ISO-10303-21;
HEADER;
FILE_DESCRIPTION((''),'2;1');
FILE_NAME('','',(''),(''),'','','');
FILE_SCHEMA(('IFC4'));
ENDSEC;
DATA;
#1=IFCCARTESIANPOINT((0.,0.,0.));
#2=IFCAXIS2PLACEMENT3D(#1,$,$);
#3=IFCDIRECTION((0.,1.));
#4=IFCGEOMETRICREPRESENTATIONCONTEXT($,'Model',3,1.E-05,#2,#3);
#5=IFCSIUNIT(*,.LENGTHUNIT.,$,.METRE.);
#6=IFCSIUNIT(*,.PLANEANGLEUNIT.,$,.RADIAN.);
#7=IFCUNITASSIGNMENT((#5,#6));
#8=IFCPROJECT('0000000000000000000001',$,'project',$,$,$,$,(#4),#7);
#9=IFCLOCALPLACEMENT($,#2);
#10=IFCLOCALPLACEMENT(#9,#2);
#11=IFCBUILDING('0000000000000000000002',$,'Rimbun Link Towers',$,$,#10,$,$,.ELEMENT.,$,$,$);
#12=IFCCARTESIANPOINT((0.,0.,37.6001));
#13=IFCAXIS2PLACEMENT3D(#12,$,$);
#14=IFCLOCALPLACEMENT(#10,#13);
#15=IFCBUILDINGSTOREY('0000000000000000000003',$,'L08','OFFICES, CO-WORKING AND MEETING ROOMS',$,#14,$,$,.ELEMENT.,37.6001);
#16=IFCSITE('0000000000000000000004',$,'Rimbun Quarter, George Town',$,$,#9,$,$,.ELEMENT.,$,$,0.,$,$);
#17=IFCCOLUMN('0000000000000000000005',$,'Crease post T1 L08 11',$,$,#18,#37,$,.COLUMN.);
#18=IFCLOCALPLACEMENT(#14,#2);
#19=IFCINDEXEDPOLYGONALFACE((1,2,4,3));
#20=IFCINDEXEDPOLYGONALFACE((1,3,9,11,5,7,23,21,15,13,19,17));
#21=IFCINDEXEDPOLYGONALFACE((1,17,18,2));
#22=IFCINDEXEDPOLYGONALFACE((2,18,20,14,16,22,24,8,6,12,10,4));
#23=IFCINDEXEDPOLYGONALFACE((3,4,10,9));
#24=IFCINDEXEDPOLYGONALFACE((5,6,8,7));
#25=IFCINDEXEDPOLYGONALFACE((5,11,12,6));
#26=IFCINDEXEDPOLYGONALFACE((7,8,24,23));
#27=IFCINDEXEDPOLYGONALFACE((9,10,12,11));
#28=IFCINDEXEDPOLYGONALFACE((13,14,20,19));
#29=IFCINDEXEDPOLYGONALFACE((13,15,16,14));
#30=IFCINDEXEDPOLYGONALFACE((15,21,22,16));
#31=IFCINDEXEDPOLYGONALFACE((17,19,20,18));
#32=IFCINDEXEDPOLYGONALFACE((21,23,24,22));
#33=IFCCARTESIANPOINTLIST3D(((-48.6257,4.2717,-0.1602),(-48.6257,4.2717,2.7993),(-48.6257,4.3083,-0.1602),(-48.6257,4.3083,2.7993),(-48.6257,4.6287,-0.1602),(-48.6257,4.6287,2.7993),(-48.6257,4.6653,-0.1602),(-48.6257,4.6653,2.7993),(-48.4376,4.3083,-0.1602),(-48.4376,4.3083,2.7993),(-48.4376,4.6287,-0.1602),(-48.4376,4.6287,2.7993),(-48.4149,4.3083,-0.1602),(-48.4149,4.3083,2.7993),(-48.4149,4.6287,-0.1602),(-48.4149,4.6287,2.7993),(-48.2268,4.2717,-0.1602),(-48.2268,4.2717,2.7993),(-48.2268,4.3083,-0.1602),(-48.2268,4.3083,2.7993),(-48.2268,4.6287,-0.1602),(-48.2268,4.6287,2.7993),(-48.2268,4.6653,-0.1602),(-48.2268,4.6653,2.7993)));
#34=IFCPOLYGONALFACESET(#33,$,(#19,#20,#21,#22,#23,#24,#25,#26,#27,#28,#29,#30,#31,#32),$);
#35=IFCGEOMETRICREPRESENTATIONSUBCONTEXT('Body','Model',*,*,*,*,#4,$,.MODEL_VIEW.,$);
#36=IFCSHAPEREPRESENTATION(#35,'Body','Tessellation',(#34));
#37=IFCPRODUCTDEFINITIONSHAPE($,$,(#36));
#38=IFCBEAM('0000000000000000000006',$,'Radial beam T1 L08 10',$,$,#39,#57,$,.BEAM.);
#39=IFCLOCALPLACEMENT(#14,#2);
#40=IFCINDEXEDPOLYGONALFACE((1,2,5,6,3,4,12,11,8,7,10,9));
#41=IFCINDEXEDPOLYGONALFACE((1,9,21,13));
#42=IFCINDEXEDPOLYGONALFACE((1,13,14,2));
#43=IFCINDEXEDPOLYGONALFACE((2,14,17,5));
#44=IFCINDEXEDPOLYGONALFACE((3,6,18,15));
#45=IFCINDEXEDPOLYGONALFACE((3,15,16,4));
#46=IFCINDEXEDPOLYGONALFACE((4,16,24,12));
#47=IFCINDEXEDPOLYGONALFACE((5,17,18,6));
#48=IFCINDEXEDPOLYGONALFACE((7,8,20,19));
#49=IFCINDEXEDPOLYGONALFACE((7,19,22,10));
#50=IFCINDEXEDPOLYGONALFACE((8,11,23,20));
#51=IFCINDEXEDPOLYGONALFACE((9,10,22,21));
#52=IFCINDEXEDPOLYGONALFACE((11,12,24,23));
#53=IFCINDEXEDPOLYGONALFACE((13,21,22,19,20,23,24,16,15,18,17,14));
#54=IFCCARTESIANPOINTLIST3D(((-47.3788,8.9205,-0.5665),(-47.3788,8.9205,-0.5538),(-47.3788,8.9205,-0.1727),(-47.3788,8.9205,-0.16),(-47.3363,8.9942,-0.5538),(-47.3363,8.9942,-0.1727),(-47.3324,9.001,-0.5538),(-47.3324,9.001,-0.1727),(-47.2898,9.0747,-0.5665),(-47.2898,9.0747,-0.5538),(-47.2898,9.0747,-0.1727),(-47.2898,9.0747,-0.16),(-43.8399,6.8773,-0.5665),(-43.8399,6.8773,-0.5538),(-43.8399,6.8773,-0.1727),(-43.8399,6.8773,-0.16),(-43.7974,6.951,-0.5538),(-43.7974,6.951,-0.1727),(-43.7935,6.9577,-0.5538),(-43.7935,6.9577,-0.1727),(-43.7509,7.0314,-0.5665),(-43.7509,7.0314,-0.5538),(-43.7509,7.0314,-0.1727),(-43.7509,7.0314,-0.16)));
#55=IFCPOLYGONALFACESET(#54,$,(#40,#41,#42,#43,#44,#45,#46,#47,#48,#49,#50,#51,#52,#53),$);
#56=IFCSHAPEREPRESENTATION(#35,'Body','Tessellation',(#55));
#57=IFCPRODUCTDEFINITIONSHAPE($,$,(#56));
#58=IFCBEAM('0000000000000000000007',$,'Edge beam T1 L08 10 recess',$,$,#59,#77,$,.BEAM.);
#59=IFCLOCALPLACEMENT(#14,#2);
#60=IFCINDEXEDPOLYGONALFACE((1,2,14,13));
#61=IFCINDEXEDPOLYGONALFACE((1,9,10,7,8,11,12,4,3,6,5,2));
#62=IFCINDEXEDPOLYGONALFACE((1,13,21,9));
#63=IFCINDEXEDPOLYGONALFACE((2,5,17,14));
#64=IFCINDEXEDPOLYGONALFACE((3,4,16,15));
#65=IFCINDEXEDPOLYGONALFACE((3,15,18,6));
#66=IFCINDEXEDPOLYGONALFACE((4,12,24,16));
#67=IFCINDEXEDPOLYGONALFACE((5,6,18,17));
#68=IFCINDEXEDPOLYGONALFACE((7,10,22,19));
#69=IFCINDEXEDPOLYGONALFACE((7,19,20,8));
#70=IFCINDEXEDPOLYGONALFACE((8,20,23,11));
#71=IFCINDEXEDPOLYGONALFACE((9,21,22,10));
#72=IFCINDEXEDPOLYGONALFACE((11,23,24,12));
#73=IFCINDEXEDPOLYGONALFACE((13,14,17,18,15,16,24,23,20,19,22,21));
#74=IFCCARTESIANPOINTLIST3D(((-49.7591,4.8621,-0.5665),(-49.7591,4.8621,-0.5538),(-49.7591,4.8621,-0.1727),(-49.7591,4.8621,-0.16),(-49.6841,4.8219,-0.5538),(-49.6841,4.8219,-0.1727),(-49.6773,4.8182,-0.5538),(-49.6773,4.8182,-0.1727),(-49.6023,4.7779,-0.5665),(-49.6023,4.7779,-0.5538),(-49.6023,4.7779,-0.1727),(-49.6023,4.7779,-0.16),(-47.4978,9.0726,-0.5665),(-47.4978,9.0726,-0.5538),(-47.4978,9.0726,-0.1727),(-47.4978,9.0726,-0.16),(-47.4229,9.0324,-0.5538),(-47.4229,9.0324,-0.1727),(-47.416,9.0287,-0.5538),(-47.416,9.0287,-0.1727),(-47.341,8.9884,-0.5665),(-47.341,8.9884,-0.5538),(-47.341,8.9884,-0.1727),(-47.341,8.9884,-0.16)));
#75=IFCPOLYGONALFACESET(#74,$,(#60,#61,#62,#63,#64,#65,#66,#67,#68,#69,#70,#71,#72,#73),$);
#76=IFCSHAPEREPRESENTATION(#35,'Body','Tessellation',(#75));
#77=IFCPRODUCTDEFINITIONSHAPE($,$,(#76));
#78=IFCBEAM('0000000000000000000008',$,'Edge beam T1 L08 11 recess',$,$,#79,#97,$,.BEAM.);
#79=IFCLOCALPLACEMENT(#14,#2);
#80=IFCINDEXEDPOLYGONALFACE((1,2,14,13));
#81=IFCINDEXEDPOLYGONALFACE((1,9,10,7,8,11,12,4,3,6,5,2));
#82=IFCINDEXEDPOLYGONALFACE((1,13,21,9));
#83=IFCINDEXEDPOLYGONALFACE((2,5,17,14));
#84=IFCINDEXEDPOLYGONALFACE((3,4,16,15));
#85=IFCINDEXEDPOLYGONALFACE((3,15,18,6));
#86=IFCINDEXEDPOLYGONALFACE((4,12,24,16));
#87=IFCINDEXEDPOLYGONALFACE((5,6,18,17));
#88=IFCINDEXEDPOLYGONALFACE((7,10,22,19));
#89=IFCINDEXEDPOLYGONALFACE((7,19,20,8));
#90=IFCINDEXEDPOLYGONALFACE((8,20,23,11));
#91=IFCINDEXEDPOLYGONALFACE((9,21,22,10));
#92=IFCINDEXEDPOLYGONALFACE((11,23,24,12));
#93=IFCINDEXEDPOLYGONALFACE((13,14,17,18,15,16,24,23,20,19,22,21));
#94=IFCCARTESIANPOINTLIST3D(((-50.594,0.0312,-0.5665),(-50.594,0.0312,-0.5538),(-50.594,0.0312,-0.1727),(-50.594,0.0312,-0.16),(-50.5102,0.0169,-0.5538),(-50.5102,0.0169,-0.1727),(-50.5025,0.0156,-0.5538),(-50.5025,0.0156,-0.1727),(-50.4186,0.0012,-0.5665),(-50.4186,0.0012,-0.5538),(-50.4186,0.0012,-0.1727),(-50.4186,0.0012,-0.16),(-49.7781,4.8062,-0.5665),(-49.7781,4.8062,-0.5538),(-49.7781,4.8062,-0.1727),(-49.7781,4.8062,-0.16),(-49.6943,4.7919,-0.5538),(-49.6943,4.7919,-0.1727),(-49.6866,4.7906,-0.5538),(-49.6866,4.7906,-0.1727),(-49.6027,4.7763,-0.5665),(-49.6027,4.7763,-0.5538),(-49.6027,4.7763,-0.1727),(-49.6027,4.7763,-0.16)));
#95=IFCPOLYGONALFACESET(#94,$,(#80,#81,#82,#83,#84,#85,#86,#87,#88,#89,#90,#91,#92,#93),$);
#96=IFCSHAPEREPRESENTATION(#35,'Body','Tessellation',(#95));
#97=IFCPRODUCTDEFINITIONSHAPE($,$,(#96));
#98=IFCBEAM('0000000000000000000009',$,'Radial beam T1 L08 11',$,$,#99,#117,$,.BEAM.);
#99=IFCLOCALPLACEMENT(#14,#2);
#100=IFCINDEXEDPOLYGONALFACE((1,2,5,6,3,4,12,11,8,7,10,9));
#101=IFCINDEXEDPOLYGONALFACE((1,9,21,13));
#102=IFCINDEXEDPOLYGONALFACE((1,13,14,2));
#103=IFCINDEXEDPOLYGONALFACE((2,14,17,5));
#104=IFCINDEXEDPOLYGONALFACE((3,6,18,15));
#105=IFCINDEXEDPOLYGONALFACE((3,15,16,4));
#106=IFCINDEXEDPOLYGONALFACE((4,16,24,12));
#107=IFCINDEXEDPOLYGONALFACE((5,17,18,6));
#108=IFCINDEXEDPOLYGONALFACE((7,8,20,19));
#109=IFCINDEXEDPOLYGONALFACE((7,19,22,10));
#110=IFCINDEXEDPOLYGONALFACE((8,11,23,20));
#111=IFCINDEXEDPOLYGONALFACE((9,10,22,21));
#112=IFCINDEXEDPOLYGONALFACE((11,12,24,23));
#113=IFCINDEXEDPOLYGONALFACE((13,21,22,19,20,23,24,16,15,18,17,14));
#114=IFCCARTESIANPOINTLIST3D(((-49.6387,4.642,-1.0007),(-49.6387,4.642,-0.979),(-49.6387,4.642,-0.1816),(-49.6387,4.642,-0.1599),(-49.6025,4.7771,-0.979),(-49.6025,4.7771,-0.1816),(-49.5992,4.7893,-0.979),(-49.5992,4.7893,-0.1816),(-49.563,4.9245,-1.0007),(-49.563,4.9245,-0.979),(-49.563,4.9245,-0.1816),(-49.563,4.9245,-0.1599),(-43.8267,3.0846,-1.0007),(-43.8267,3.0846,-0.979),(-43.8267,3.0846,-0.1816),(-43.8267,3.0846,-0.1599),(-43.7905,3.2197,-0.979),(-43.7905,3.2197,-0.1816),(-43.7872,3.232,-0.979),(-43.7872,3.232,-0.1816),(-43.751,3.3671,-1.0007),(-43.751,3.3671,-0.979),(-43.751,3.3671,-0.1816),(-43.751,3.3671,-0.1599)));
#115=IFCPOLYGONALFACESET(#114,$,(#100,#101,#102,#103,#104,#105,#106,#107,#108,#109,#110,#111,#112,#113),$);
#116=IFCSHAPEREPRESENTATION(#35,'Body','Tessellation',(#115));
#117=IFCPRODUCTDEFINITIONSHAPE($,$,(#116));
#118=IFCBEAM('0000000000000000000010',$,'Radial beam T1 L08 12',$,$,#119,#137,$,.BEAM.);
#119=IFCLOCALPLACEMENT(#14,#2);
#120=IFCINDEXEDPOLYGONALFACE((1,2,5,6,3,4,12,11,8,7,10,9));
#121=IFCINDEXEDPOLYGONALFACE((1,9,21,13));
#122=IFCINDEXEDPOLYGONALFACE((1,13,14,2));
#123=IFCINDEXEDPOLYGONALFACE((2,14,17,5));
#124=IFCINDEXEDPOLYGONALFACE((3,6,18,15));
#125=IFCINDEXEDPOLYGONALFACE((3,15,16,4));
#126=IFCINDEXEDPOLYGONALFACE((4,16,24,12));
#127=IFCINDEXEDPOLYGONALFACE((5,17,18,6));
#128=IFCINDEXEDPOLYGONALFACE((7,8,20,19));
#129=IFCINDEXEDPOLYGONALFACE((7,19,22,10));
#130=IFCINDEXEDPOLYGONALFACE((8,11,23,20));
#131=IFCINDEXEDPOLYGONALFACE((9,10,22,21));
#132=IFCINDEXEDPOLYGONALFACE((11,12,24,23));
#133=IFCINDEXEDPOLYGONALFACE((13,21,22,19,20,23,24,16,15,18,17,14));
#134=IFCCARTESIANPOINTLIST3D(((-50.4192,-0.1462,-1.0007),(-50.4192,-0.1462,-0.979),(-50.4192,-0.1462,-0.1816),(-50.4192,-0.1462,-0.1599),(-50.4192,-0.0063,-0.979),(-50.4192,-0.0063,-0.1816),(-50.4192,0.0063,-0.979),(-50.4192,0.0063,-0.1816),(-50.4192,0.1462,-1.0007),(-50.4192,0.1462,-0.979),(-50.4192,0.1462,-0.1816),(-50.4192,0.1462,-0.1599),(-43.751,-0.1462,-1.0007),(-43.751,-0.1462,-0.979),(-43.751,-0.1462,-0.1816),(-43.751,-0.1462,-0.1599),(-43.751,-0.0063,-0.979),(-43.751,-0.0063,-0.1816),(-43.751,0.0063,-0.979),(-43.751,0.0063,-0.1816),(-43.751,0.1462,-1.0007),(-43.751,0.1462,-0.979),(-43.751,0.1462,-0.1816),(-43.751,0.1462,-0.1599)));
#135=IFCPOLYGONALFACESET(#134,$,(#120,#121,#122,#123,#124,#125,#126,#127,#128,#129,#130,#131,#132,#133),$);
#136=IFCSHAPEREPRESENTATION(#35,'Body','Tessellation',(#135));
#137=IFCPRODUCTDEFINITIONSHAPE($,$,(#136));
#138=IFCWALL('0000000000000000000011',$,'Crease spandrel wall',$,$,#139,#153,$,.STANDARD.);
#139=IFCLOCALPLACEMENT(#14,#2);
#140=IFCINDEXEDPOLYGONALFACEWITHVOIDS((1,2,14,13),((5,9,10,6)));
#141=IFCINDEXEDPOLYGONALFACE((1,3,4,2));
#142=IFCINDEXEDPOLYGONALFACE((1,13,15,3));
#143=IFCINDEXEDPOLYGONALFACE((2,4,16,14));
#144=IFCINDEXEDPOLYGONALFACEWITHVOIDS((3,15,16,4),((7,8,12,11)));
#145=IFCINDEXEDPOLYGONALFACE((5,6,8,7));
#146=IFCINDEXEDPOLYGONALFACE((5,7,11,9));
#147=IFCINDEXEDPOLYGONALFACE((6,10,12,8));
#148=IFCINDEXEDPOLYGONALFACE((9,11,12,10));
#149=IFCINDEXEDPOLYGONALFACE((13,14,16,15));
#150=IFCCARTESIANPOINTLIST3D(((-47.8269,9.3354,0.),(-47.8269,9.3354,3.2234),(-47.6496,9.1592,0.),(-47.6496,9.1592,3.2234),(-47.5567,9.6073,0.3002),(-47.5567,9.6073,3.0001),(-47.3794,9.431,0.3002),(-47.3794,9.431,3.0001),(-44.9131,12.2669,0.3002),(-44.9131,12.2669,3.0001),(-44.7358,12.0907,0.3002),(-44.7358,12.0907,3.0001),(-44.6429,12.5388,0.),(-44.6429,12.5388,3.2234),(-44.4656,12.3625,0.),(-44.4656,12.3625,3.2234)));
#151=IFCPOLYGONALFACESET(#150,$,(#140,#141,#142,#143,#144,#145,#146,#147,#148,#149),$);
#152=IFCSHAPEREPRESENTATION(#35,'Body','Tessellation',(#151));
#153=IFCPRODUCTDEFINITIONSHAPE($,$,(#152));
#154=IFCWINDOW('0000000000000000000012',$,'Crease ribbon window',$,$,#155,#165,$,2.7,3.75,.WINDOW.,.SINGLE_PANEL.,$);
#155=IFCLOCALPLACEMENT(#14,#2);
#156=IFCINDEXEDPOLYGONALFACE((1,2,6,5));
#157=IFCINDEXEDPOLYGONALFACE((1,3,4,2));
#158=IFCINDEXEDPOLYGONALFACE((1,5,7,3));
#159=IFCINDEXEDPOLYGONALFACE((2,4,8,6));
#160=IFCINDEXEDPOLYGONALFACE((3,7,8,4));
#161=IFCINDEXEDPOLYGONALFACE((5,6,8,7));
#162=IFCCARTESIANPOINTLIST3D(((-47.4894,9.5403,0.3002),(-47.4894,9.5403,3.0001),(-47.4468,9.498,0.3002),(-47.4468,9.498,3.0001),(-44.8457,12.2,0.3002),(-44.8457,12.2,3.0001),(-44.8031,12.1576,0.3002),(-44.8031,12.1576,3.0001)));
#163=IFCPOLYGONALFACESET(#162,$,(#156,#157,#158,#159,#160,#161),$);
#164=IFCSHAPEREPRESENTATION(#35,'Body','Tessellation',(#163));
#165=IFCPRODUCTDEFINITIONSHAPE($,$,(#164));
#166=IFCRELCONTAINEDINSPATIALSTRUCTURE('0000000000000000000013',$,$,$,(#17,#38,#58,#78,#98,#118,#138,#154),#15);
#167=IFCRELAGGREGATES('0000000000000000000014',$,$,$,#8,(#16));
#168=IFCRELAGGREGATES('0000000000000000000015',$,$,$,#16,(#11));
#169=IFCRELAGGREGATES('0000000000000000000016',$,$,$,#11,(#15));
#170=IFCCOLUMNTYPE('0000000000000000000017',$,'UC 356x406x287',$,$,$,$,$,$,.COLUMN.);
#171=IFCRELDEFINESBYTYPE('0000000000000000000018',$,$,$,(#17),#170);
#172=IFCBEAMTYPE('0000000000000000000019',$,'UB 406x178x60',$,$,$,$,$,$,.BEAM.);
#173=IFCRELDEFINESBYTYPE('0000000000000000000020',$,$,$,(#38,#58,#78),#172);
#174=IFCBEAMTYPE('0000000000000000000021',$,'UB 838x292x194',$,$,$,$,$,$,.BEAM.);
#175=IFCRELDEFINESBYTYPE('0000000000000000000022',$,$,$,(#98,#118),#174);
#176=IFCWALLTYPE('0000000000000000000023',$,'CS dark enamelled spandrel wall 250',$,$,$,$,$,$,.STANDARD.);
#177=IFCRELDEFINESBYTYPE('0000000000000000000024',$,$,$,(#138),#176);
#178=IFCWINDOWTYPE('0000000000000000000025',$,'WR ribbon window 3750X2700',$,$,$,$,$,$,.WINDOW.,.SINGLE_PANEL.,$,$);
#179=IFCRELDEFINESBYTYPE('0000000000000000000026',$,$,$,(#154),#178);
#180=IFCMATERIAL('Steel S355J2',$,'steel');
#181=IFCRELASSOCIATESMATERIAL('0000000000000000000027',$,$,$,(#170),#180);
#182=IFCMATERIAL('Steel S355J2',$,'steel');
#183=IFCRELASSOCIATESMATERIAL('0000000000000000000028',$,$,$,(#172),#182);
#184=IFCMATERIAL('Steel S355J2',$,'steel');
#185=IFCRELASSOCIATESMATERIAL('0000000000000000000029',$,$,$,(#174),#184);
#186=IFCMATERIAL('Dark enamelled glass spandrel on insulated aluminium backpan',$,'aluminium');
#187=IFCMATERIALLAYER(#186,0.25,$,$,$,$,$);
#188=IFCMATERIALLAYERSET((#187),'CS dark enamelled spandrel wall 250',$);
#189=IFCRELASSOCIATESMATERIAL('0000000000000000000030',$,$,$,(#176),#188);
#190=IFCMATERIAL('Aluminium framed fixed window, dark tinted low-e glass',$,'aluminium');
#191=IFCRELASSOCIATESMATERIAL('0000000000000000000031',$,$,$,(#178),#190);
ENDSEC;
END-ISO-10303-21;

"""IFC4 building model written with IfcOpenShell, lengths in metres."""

from ifc_helpers import new_model, si_unit, direction, frame, frame_2d, origin, origin_2d, place, context, subcontext, project, spatial, rectangle, i_section, extrude, material, layer, layer_set, material_profile, profile_set, type_object, element, fill, save


model = new_model("IFC4")

# Units and contexts
model_context = context("Model", 3, precision=1e-05, world=origin(), true_north=direction((0.0, 1.0)))
body_context = subcontext(model_context, "Body", "Model", "MODEL_VIEW")
ifc_project = project(units=[si_unit("LENGTHUNIT", "METRE"), si_unit("PLANEANGLEUNIT", "RADIAN")], contexts=[model_context])

# Site, building, storey
site_placement = place(None, origin())
site = spatial("IfcSite", under=ifc_project, at=site_placement, Name="Rimbun Quarter, George Town", CompositionType="ELEMENT", RefElevation=0.0)
building_placement = place(site_placement, origin())
building = spatial("IfcBuilding", under=site, at=building_placement, Name="Rimbun Link Towers", CompositionType="ELEMENT")
storey_placement = place(building_placement, frame((0.0, 0.0, 37.6001)))
storey = spatial("IfcBuildingStorey", under=building, at=storey_placement, Name="L08", Description="OFFICES, CO-WORKING AND MEETING ROOMS", CompositionType="ELEMENT", Elevation=37.6001)

# Column
ifc_material_1 = material(Name="Steel S355J2", Category="steel")
ifc_material_profile_1 = material_profile(ifc_material_1, i_section(OverallWidth=0.3989, OverallDepth=0.3936, WebThickness=0.0227, FlangeThickness=0.0366, at=origin_2d()), Name="UC 356x406x287")
ifc_profile_set_1 = profile_set([ifc_material_profile_1], Name="Steel S355J2")
column_type = type_object("IfcColumnType", Name="UC 356x406x287", PredefinedType="COLUMN", material=ifc_profile_set_1)
column_placement = place(storey_placement, frame((-48.4263, 4.4685, -0.1602), z_axis=(0.0, 0.0, 1.0), x_axis=(1.0, 0.0, 0.0)))
element("IfcColumn", 1, at=column_placement, inside=storey, type_object=column_type, Name="Crease post T1 L08 11", PredefinedType="COLUMN", context=body_context, shape_type="SweptSolid", body=[
    extrude(i_section(OverallWidth=0.3989, OverallDepth=0.3936, WebThickness=0.0227, FlangeThickness=0.0366, at=origin_2d()), origin(), (0.0, 0.0, 1.0), 2.9595),
])

# Beams
ifc_material_2 = material(Name="Steel S355J2", Category="steel")
ifc_material_profile_2 = material_profile(ifc_material_2, i_section(OverallWidth=0.178, OverallDepth=0.4065, WebThickness=0.0078, FlangeThickness=0.0127, at=origin_2d()), Name="UB 406x178x60")
ifc_profile_set_2 = profile_set([ifc_material_profile_2], Name="Steel S355J2")
beam_type_1 = type_object("IfcBeamType", Name="UB 406x178x60", PredefinedType="BEAM", material=ifc_profile_set_2)
beam_1_placement = place(storey_placement, frame((-43.7954, 6.9543, -0.3633), z_axis=(-0.866017, 0.500014, 0.0), x_axis=(-0.500014, -0.866017, 0.0)))
element("IfcBeam", 2, at=beam_1_placement, inside=storey, type_object=beam_type_1, Name="Radial beam T1 L08 10", PredefinedType="BEAM", context=body_context, shape_type="SweptSolid", body=[
    extrude(i_section(OverallWidth=0.178, OverallDepth=0.4065, WebThickness=0.0078, FlangeThickness=0.0127, at=origin_2d()), origin(), (0.0, 0.0, 1.0), 4.0864),
])
beam_2_placement = place(storey_placement, frame((-47.4194, 9.0305, -0.3633), z_axis=(-0.473137, -0.880989, 0.0), x_axis=(0.880989, -0.473137, 0.0)))
element("IfcBeam", 3, at=beam_2_placement, inside=storey, type_object=beam_type_1, Name="Edge beam T1 L08 10 recess", PredefinedType="BEAM", context=body_context, shape_type="SweptSolid", body=[
    extrude(i_section(OverallWidth=0.178, OverallDepth=0.4065, WebThickness=0.0078, FlangeThickness=0.0127, at=origin_2d()), origin(), (0.0, 0.0, 1.0), 4.7793),
])
beam_3_placement = place(storey_placement, frame((-49.6904, 4.7913, -0.3633), z_axis=(-0.168427, -0.985714, 0.0), x_axis=(0.985714, -0.168427, 0.0)))
element("IfcBeam", 4, at=beam_3_placement, inside=storey, type_object=beam_type_1, Name="Edge beam T1 L08 11 recess", PredefinedType="BEAM", context=body_context, shape_type="SweptSolid", body=[
    extrude(i_section(OverallWidth=0.178, OverallDepth=0.4065, WebThickness=0.0078, FlangeThickness=0.0127, at=origin_2d()), origin(), (0.0, 0.0, 1.0), 4.8442),
])
ifc_material_3 = material(Name="Steel S355J2", Category="steel")
ifc_material_profile_3 = material_profile(ifc_material_3, i_section(OverallWidth=0.2925, OverallDepth=0.8408, WebThickness=0.0127, FlangeThickness=0.0217, at=origin_2d()), Name="UB 838x292x194")
ifc_profile_set_3 = profile_set([ifc_material_profile_3], Name="Steel S355J2")
beam_type_2 = type_object("IfcBeamType", Name="UB 838x292x194", PredefinedType="BEAM", material=ifc_profile_set_3)
beam_4_placement = place(storey_placement, frame((-43.7888, 3.2258, -0.5803), z_axis=(-0.965924, 0.258827, 0.0), x_axis=(-0.258827, -0.965924, 0.0)))
element("IfcBeam", 5, at=beam_4_placement, inside=storey, type_object=beam_type_2, Name="Radial beam T1 L08 11", PredefinedType="BEAM", context=body_context, shape_type="SweptSolid", body=[
    extrude(i_section(OverallWidth=0.2925, OverallDepth=0.8408, WebThickness=0.0127, FlangeThickness=0.0217, at=origin_2d()), origin(), (0.0, 0.0, 1.0), 6.0171),
])
beam_5_placement = place(storey_placement, frame((-43.751, 0.0, -0.5803), z_axis=(-1.0, 0.0, 0.0), x_axis=(0.0, -1.0, 0.0)))
element("IfcBeam", 6, at=beam_5_placement, inside=storey, type_object=beam_type_2, Name="Radial beam T1 L08 12", PredefinedType="BEAM", context=body_context, shape_type="SweptSolid", body=[
    extrude(i_section(OverallWidth=0.2925, OverallDepth=0.8408, WebThickness=0.0127, FlangeThickness=0.0217, at=origin_2d()), origin(), (0.0, 0.0, 1.0), 6.6682),
])

# Wall, opening, window
ifc_material_4 = material(Name="Dark enamelled glass spandrel on insulated aluminium backpan", Category="aluminium")
ifc_layer_1 = layer(ifc_material_4, 0.25)
ifc_layer_set_1 = layer_set([ifc_layer_1], Name="CS dark enamelled spandrel wall 250")
wall_type_1 = type_object("IfcWallType", Name="CS dark enamelled spandrel wall 250", PredefinedType="STANDARD", material=ifc_layer_set_1)
wall_1_placement = place(storey_placement, frame((-47.7383, 9.2473, 0.0), z_axis=(0.0, 0.0, 1.0), x_axis=(0.704968, 0.709239, 0.0)))
wall_1 = element("IfcWall", 7, at=wall_1_placement, inside=storey, type_object=wall_type_1, Name="Crease spandrel wall", PredefinedType="STANDARD", context=body_context, shape_type="SweptSolid", body=[
    extrude(rectangle(XDim=4.5166, YDim=0.25, at=frame_2d((2.2583, 0.0))), origin(), (0.0, 0.0, 1.0), 3.2234),
])
opening_1_placement = place(wall_1_placement, frame((0.3833, 0.0, 0.3)))
opening_1 = element("IfcOpeningElement", 8, at=opening_1_placement, cuts=wall_1, PredefinedType="OPENING", context=body_context, shape_type="SweptSolid", body=[
    extrude(rectangle(XDim=3.75, YDim=2.7, at=frame_2d((1.875, 1.3501))), frame((0.0, 0.135, 0.0), z_axis=(0.0, -1.0, 0.0), x_axis=(1.0, 0.0, 0.0)), (0.0, 0.0, 1.0), 0.27),
])
ifc_material_5 = material(Name="Aluminium framed fixed window, dark tinted low-e glass", Category="aluminium")
window_type_1 = type_object("IfcWindowType", Name="WR ribbon window 3750X2700", PartitioningType="SINGLE_PANEL", PredefinedType="WINDOW", material=ifc_material_5)
window_1_placement = place(opening_1_placement, origin())
window_1 = element("IfcWindow", 9, at=window_1_placement, inside=storey, type_object=window_type_1, Name="Crease ribbon window", OverallHeight=2.7, OverallWidth=3.75, PartitioningType="SINGLE_PANEL", PredefinedType="WINDOW", context=body_context, shape_type="SweptSolid", body=[
    extrude(rectangle(XDim=3.75, YDim=2.7, at=frame_2d((1.875, 1.3501))), frame((0.0, 0.03, 0.0), z_axis=(0.0, -1.0, 0.0), x_axis=(1.0, 0.0, 0.0)), (0.0, 0.0, 1.0), 0.0601),
])
fill(opening_1, window_1)

save(model, "model.ifc")
